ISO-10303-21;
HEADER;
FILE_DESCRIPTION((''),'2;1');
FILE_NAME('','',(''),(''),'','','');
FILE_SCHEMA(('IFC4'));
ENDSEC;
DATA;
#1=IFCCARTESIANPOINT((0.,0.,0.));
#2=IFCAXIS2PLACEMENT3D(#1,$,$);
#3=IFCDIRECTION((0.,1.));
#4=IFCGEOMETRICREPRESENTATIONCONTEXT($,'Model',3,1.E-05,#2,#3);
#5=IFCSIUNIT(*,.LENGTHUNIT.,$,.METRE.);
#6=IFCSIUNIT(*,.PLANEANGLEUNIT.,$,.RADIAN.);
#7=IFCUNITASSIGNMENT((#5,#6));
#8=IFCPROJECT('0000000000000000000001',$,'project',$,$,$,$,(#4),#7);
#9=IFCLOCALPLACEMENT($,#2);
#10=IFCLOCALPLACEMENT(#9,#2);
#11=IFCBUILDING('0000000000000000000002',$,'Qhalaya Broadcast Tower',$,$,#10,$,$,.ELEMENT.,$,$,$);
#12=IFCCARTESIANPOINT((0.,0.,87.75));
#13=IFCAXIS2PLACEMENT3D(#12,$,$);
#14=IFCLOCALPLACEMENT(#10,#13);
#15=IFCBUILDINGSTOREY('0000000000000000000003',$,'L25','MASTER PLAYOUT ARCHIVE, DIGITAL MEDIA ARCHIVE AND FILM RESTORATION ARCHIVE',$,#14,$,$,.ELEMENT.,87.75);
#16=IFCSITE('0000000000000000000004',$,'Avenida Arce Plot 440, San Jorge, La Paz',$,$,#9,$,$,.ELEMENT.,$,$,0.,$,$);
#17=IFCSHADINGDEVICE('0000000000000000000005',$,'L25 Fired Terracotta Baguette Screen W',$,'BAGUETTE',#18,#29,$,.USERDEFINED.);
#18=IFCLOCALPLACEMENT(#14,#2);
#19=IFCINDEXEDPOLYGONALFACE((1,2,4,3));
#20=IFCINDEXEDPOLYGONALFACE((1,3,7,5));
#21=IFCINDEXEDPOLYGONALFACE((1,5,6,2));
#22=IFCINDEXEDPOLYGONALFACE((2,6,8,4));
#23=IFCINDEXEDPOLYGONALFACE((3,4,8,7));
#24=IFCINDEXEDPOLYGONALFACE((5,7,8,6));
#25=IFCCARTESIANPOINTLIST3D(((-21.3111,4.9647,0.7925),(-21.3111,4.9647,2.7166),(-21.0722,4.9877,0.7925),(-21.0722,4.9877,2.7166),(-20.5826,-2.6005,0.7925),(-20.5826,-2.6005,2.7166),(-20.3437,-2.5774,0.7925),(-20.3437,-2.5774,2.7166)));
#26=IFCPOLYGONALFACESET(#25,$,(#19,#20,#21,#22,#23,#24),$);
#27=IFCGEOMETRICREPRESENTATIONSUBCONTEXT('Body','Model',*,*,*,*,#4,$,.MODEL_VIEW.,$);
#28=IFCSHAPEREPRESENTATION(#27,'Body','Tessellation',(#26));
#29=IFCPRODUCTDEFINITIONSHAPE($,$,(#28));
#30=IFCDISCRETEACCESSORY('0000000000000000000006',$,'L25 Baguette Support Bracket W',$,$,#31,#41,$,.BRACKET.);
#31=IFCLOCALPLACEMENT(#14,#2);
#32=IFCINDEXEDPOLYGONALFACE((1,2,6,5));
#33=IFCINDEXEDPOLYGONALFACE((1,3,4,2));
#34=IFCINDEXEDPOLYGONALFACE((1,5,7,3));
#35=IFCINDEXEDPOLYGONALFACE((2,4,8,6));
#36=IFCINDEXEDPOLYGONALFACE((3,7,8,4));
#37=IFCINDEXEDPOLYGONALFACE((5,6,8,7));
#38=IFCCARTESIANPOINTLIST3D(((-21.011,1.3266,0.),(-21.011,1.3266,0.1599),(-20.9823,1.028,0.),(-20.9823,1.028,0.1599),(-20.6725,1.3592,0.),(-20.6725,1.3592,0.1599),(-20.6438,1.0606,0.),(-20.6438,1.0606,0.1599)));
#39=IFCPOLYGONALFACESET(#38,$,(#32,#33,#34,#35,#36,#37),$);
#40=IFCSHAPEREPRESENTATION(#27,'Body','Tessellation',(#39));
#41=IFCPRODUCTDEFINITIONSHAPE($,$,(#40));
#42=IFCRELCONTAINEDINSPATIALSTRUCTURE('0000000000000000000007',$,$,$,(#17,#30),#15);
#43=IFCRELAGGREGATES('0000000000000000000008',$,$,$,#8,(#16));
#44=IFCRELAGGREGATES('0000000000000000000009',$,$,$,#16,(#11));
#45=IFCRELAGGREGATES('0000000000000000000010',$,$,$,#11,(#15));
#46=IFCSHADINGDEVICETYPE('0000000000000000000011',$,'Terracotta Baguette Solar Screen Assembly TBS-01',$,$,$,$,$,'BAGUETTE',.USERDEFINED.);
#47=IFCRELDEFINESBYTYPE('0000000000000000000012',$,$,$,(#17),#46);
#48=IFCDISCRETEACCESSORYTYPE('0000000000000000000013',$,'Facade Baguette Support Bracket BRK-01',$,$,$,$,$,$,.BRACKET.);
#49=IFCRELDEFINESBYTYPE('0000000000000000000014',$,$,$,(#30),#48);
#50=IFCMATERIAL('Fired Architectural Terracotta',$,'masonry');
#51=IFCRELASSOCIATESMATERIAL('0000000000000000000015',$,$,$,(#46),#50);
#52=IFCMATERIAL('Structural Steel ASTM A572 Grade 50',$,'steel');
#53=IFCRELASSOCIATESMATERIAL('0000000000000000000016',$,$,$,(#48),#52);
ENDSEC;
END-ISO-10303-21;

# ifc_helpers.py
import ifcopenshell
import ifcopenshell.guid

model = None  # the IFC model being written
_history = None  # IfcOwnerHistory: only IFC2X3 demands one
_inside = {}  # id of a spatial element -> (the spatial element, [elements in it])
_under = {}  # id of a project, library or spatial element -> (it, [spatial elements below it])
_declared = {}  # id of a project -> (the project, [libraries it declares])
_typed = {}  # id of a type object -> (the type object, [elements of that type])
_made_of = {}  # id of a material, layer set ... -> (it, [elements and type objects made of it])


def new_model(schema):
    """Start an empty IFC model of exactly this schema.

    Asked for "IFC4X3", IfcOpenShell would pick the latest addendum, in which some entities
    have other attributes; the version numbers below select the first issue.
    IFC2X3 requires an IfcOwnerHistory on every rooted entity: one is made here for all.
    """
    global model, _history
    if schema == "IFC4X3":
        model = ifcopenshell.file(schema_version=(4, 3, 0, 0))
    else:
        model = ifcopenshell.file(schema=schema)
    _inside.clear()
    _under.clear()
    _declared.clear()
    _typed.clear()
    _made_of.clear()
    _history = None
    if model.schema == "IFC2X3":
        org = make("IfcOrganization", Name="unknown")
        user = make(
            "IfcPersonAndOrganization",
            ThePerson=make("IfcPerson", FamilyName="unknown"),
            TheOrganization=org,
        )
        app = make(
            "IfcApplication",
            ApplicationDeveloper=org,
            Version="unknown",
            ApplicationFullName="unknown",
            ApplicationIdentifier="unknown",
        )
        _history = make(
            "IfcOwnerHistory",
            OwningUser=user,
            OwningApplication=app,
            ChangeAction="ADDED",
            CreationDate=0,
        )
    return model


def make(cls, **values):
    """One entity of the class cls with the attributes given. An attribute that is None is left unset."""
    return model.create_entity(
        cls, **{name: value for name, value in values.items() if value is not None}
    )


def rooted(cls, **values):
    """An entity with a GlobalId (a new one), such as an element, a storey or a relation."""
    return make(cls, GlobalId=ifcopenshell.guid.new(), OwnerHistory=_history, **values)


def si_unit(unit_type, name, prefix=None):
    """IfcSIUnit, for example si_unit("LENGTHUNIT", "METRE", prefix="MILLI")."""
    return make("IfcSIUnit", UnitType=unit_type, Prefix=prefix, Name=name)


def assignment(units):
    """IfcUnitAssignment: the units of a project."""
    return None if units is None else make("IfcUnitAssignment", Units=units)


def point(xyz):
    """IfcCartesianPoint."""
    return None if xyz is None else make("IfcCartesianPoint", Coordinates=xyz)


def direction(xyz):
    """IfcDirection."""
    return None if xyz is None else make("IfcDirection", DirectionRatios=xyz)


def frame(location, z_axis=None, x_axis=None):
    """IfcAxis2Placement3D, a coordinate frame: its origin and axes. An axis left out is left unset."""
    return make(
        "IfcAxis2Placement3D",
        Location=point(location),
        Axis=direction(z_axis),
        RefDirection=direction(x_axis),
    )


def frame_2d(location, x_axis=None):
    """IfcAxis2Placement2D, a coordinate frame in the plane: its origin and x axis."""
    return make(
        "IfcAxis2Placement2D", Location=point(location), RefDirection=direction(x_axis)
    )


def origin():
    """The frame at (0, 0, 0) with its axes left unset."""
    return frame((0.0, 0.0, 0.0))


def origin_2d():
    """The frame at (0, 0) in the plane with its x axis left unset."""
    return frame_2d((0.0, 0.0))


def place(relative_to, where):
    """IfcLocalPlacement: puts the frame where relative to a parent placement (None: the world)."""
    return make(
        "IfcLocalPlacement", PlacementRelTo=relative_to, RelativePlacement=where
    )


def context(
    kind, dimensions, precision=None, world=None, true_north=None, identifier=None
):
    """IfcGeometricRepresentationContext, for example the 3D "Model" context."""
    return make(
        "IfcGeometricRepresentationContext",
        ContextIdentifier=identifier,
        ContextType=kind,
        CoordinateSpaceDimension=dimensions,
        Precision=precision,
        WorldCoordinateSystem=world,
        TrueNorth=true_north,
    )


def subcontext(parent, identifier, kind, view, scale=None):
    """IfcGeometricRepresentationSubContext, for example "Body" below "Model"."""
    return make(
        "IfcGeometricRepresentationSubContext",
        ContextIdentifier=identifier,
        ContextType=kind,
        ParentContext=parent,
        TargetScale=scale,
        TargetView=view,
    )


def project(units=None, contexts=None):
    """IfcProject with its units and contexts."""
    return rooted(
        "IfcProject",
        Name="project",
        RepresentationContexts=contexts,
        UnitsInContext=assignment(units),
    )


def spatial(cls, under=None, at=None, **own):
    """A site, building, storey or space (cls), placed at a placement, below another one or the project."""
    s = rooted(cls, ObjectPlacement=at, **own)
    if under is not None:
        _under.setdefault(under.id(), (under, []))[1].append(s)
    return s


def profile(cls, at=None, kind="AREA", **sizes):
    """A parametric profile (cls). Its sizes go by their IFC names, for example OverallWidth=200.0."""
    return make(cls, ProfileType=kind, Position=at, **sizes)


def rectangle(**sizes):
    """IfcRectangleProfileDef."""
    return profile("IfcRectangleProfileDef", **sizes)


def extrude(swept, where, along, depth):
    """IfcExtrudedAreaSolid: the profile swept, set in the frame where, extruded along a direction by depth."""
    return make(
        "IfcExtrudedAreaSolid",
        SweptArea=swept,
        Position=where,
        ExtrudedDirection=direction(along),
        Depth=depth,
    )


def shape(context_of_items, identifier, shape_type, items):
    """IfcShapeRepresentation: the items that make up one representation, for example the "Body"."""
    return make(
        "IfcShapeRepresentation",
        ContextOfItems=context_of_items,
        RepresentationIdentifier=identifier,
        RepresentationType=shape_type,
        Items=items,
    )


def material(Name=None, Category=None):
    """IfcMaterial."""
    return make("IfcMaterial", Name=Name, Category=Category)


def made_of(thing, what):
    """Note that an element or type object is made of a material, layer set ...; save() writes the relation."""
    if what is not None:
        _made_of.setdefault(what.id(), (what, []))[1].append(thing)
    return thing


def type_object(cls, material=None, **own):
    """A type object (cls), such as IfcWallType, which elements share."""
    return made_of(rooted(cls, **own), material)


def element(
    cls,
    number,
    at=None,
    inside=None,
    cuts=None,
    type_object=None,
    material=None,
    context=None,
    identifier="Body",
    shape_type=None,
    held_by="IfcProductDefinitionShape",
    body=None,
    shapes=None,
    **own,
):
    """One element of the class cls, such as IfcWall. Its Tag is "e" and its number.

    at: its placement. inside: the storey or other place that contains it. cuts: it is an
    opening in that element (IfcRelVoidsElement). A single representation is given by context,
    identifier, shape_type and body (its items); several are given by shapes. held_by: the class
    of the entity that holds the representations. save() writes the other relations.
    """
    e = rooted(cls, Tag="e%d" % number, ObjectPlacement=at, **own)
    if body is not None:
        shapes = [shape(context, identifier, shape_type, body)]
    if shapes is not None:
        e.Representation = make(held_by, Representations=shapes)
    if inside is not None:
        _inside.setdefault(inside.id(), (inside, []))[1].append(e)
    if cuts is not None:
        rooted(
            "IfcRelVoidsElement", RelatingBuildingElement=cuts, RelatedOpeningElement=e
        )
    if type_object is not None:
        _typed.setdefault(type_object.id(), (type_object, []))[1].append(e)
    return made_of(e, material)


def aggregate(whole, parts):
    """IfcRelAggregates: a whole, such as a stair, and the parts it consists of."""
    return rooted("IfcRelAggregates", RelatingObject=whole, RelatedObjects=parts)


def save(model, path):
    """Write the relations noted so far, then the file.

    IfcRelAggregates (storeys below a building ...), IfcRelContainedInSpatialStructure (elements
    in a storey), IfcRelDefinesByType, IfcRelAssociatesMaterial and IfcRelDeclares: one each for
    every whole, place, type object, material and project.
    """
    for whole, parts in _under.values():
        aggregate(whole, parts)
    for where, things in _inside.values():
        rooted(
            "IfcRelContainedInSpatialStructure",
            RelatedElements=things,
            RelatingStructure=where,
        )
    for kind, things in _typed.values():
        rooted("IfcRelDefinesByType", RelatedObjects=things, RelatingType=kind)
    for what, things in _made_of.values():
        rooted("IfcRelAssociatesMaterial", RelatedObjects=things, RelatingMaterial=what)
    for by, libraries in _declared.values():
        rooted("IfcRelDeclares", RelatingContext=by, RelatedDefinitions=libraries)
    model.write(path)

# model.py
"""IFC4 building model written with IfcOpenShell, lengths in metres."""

from ifc_helpers import new_model, si_unit, direction, frame, origin, origin_2d, place, context, subcontext, project, spatial, rectangle, extrude, material, type_object, element, save


model = new_model("IFC4")

# Units and contexts
model_context = context("Model", 3, precision=1e-05, world=origin(), true_north=direction((0.0, 1.0)))
body_context = subcontext(model_context, "Body", "Model", "MODEL_VIEW")
ifc_project = project(units=[si_unit("LENGTHUNIT", "METRE"), si_unit("PLANEANGLEUNIT", "RADIAN")], contexts=[model_context])

# Site, building, storey
site_placement = place(None, origin())
site = spatial("IfcSite", under=ifc_project, at=site_placement, Name="Avenida Arce Plot 440, San Jorge, La Paz", CompositionType="ELEMENT", RefElevation=0.0)
building_placement = place(site_placement, origin())
building = spatial("IfcBuilding", under=site, at=building_placement, Name="Qhalaya Broadcast Tower", CompositionType="ELEMENT")
storey_placement = place(building_placement, frame((0.0, 0.0, 87.75)))
storey = spatial("IfcBuildingStorey", under=building, at=storey_placement, Name="L25", Description="MASTER PLAYOUT ARCHIVE, DIGITAL MEDIA ARCHIVE AND FILM RESTORATION ARCHIVE", CompositionType="ELEMENT", Elevation=87.75)

# Shared definitions
ifc_material_1 = material(Name="Structural Steel ASTM A572 Grade 50", Category="steel")

# Shared definitions
ifc_material_2 = material(Name="Fired Architectural Terracotta", Category="masonry")

# Shading device
shading_device_type = type_object("IfcShadingDeviceType", Name="Terracotta Baguette Solar Screen Assembly TBS-01", ElementType="BAGUETTE", PredefinedType="USERDEFINED", material=ifc_material_2)
shading_device_placement = place(storey_placement, frame((-20.8274, 1.1936, 0.7925), z_axis=(0.0, 0.0, 1.0), x_axis=(0.095846, -0.995396, 0.0)))
element("IfcShadingDevice", 1, at=shading_device_placement, inside=storey, type_object=shading_device_type, Name="L25 Fired Terracotta Baguette Screen W", ObjectType="BAGUETTE", PredefinedType="USERDEFINED", context=body_context, shape_type="SweptSolid", body=[
    extrude(rectangle(XDim=7.6001, YDim=0.24, at=origin_2d()), origin(), (0.0, 0.0, 1.0), 1.9241),
])

# Discrete accessory
discrete_accessory_type = type_object("IfcDiscreteAccessoryType", Name="Facade Baguette Support Bracket BRK-01", PredefinedType="BRACKET", material=ifc_material_1)
discrete_accessory_placement = place(storey_placement, frame((-20.8274, 1.1936, 0.0), z_axis=(0.0, 0.0, 1.0), x_axis=(0.095846, -0.995396, 0.0)))
element("IfcDiscreteAccessory", 2, at=discrete_accessory_placement, inside=storey, type_object=discrete_accessory_type, Name="L25 Baguette Support Bracket W", PredefinedType="BRACKET", context=body_context, shape_type="SweptSolid", body=[
    extrude(rectangle(XDim=0.3, YDim=0.3401, at=origin_2d()), origin(), (0.0, 0.0, 1.0), 0.1599),
])

save(model, "model.ifc")
